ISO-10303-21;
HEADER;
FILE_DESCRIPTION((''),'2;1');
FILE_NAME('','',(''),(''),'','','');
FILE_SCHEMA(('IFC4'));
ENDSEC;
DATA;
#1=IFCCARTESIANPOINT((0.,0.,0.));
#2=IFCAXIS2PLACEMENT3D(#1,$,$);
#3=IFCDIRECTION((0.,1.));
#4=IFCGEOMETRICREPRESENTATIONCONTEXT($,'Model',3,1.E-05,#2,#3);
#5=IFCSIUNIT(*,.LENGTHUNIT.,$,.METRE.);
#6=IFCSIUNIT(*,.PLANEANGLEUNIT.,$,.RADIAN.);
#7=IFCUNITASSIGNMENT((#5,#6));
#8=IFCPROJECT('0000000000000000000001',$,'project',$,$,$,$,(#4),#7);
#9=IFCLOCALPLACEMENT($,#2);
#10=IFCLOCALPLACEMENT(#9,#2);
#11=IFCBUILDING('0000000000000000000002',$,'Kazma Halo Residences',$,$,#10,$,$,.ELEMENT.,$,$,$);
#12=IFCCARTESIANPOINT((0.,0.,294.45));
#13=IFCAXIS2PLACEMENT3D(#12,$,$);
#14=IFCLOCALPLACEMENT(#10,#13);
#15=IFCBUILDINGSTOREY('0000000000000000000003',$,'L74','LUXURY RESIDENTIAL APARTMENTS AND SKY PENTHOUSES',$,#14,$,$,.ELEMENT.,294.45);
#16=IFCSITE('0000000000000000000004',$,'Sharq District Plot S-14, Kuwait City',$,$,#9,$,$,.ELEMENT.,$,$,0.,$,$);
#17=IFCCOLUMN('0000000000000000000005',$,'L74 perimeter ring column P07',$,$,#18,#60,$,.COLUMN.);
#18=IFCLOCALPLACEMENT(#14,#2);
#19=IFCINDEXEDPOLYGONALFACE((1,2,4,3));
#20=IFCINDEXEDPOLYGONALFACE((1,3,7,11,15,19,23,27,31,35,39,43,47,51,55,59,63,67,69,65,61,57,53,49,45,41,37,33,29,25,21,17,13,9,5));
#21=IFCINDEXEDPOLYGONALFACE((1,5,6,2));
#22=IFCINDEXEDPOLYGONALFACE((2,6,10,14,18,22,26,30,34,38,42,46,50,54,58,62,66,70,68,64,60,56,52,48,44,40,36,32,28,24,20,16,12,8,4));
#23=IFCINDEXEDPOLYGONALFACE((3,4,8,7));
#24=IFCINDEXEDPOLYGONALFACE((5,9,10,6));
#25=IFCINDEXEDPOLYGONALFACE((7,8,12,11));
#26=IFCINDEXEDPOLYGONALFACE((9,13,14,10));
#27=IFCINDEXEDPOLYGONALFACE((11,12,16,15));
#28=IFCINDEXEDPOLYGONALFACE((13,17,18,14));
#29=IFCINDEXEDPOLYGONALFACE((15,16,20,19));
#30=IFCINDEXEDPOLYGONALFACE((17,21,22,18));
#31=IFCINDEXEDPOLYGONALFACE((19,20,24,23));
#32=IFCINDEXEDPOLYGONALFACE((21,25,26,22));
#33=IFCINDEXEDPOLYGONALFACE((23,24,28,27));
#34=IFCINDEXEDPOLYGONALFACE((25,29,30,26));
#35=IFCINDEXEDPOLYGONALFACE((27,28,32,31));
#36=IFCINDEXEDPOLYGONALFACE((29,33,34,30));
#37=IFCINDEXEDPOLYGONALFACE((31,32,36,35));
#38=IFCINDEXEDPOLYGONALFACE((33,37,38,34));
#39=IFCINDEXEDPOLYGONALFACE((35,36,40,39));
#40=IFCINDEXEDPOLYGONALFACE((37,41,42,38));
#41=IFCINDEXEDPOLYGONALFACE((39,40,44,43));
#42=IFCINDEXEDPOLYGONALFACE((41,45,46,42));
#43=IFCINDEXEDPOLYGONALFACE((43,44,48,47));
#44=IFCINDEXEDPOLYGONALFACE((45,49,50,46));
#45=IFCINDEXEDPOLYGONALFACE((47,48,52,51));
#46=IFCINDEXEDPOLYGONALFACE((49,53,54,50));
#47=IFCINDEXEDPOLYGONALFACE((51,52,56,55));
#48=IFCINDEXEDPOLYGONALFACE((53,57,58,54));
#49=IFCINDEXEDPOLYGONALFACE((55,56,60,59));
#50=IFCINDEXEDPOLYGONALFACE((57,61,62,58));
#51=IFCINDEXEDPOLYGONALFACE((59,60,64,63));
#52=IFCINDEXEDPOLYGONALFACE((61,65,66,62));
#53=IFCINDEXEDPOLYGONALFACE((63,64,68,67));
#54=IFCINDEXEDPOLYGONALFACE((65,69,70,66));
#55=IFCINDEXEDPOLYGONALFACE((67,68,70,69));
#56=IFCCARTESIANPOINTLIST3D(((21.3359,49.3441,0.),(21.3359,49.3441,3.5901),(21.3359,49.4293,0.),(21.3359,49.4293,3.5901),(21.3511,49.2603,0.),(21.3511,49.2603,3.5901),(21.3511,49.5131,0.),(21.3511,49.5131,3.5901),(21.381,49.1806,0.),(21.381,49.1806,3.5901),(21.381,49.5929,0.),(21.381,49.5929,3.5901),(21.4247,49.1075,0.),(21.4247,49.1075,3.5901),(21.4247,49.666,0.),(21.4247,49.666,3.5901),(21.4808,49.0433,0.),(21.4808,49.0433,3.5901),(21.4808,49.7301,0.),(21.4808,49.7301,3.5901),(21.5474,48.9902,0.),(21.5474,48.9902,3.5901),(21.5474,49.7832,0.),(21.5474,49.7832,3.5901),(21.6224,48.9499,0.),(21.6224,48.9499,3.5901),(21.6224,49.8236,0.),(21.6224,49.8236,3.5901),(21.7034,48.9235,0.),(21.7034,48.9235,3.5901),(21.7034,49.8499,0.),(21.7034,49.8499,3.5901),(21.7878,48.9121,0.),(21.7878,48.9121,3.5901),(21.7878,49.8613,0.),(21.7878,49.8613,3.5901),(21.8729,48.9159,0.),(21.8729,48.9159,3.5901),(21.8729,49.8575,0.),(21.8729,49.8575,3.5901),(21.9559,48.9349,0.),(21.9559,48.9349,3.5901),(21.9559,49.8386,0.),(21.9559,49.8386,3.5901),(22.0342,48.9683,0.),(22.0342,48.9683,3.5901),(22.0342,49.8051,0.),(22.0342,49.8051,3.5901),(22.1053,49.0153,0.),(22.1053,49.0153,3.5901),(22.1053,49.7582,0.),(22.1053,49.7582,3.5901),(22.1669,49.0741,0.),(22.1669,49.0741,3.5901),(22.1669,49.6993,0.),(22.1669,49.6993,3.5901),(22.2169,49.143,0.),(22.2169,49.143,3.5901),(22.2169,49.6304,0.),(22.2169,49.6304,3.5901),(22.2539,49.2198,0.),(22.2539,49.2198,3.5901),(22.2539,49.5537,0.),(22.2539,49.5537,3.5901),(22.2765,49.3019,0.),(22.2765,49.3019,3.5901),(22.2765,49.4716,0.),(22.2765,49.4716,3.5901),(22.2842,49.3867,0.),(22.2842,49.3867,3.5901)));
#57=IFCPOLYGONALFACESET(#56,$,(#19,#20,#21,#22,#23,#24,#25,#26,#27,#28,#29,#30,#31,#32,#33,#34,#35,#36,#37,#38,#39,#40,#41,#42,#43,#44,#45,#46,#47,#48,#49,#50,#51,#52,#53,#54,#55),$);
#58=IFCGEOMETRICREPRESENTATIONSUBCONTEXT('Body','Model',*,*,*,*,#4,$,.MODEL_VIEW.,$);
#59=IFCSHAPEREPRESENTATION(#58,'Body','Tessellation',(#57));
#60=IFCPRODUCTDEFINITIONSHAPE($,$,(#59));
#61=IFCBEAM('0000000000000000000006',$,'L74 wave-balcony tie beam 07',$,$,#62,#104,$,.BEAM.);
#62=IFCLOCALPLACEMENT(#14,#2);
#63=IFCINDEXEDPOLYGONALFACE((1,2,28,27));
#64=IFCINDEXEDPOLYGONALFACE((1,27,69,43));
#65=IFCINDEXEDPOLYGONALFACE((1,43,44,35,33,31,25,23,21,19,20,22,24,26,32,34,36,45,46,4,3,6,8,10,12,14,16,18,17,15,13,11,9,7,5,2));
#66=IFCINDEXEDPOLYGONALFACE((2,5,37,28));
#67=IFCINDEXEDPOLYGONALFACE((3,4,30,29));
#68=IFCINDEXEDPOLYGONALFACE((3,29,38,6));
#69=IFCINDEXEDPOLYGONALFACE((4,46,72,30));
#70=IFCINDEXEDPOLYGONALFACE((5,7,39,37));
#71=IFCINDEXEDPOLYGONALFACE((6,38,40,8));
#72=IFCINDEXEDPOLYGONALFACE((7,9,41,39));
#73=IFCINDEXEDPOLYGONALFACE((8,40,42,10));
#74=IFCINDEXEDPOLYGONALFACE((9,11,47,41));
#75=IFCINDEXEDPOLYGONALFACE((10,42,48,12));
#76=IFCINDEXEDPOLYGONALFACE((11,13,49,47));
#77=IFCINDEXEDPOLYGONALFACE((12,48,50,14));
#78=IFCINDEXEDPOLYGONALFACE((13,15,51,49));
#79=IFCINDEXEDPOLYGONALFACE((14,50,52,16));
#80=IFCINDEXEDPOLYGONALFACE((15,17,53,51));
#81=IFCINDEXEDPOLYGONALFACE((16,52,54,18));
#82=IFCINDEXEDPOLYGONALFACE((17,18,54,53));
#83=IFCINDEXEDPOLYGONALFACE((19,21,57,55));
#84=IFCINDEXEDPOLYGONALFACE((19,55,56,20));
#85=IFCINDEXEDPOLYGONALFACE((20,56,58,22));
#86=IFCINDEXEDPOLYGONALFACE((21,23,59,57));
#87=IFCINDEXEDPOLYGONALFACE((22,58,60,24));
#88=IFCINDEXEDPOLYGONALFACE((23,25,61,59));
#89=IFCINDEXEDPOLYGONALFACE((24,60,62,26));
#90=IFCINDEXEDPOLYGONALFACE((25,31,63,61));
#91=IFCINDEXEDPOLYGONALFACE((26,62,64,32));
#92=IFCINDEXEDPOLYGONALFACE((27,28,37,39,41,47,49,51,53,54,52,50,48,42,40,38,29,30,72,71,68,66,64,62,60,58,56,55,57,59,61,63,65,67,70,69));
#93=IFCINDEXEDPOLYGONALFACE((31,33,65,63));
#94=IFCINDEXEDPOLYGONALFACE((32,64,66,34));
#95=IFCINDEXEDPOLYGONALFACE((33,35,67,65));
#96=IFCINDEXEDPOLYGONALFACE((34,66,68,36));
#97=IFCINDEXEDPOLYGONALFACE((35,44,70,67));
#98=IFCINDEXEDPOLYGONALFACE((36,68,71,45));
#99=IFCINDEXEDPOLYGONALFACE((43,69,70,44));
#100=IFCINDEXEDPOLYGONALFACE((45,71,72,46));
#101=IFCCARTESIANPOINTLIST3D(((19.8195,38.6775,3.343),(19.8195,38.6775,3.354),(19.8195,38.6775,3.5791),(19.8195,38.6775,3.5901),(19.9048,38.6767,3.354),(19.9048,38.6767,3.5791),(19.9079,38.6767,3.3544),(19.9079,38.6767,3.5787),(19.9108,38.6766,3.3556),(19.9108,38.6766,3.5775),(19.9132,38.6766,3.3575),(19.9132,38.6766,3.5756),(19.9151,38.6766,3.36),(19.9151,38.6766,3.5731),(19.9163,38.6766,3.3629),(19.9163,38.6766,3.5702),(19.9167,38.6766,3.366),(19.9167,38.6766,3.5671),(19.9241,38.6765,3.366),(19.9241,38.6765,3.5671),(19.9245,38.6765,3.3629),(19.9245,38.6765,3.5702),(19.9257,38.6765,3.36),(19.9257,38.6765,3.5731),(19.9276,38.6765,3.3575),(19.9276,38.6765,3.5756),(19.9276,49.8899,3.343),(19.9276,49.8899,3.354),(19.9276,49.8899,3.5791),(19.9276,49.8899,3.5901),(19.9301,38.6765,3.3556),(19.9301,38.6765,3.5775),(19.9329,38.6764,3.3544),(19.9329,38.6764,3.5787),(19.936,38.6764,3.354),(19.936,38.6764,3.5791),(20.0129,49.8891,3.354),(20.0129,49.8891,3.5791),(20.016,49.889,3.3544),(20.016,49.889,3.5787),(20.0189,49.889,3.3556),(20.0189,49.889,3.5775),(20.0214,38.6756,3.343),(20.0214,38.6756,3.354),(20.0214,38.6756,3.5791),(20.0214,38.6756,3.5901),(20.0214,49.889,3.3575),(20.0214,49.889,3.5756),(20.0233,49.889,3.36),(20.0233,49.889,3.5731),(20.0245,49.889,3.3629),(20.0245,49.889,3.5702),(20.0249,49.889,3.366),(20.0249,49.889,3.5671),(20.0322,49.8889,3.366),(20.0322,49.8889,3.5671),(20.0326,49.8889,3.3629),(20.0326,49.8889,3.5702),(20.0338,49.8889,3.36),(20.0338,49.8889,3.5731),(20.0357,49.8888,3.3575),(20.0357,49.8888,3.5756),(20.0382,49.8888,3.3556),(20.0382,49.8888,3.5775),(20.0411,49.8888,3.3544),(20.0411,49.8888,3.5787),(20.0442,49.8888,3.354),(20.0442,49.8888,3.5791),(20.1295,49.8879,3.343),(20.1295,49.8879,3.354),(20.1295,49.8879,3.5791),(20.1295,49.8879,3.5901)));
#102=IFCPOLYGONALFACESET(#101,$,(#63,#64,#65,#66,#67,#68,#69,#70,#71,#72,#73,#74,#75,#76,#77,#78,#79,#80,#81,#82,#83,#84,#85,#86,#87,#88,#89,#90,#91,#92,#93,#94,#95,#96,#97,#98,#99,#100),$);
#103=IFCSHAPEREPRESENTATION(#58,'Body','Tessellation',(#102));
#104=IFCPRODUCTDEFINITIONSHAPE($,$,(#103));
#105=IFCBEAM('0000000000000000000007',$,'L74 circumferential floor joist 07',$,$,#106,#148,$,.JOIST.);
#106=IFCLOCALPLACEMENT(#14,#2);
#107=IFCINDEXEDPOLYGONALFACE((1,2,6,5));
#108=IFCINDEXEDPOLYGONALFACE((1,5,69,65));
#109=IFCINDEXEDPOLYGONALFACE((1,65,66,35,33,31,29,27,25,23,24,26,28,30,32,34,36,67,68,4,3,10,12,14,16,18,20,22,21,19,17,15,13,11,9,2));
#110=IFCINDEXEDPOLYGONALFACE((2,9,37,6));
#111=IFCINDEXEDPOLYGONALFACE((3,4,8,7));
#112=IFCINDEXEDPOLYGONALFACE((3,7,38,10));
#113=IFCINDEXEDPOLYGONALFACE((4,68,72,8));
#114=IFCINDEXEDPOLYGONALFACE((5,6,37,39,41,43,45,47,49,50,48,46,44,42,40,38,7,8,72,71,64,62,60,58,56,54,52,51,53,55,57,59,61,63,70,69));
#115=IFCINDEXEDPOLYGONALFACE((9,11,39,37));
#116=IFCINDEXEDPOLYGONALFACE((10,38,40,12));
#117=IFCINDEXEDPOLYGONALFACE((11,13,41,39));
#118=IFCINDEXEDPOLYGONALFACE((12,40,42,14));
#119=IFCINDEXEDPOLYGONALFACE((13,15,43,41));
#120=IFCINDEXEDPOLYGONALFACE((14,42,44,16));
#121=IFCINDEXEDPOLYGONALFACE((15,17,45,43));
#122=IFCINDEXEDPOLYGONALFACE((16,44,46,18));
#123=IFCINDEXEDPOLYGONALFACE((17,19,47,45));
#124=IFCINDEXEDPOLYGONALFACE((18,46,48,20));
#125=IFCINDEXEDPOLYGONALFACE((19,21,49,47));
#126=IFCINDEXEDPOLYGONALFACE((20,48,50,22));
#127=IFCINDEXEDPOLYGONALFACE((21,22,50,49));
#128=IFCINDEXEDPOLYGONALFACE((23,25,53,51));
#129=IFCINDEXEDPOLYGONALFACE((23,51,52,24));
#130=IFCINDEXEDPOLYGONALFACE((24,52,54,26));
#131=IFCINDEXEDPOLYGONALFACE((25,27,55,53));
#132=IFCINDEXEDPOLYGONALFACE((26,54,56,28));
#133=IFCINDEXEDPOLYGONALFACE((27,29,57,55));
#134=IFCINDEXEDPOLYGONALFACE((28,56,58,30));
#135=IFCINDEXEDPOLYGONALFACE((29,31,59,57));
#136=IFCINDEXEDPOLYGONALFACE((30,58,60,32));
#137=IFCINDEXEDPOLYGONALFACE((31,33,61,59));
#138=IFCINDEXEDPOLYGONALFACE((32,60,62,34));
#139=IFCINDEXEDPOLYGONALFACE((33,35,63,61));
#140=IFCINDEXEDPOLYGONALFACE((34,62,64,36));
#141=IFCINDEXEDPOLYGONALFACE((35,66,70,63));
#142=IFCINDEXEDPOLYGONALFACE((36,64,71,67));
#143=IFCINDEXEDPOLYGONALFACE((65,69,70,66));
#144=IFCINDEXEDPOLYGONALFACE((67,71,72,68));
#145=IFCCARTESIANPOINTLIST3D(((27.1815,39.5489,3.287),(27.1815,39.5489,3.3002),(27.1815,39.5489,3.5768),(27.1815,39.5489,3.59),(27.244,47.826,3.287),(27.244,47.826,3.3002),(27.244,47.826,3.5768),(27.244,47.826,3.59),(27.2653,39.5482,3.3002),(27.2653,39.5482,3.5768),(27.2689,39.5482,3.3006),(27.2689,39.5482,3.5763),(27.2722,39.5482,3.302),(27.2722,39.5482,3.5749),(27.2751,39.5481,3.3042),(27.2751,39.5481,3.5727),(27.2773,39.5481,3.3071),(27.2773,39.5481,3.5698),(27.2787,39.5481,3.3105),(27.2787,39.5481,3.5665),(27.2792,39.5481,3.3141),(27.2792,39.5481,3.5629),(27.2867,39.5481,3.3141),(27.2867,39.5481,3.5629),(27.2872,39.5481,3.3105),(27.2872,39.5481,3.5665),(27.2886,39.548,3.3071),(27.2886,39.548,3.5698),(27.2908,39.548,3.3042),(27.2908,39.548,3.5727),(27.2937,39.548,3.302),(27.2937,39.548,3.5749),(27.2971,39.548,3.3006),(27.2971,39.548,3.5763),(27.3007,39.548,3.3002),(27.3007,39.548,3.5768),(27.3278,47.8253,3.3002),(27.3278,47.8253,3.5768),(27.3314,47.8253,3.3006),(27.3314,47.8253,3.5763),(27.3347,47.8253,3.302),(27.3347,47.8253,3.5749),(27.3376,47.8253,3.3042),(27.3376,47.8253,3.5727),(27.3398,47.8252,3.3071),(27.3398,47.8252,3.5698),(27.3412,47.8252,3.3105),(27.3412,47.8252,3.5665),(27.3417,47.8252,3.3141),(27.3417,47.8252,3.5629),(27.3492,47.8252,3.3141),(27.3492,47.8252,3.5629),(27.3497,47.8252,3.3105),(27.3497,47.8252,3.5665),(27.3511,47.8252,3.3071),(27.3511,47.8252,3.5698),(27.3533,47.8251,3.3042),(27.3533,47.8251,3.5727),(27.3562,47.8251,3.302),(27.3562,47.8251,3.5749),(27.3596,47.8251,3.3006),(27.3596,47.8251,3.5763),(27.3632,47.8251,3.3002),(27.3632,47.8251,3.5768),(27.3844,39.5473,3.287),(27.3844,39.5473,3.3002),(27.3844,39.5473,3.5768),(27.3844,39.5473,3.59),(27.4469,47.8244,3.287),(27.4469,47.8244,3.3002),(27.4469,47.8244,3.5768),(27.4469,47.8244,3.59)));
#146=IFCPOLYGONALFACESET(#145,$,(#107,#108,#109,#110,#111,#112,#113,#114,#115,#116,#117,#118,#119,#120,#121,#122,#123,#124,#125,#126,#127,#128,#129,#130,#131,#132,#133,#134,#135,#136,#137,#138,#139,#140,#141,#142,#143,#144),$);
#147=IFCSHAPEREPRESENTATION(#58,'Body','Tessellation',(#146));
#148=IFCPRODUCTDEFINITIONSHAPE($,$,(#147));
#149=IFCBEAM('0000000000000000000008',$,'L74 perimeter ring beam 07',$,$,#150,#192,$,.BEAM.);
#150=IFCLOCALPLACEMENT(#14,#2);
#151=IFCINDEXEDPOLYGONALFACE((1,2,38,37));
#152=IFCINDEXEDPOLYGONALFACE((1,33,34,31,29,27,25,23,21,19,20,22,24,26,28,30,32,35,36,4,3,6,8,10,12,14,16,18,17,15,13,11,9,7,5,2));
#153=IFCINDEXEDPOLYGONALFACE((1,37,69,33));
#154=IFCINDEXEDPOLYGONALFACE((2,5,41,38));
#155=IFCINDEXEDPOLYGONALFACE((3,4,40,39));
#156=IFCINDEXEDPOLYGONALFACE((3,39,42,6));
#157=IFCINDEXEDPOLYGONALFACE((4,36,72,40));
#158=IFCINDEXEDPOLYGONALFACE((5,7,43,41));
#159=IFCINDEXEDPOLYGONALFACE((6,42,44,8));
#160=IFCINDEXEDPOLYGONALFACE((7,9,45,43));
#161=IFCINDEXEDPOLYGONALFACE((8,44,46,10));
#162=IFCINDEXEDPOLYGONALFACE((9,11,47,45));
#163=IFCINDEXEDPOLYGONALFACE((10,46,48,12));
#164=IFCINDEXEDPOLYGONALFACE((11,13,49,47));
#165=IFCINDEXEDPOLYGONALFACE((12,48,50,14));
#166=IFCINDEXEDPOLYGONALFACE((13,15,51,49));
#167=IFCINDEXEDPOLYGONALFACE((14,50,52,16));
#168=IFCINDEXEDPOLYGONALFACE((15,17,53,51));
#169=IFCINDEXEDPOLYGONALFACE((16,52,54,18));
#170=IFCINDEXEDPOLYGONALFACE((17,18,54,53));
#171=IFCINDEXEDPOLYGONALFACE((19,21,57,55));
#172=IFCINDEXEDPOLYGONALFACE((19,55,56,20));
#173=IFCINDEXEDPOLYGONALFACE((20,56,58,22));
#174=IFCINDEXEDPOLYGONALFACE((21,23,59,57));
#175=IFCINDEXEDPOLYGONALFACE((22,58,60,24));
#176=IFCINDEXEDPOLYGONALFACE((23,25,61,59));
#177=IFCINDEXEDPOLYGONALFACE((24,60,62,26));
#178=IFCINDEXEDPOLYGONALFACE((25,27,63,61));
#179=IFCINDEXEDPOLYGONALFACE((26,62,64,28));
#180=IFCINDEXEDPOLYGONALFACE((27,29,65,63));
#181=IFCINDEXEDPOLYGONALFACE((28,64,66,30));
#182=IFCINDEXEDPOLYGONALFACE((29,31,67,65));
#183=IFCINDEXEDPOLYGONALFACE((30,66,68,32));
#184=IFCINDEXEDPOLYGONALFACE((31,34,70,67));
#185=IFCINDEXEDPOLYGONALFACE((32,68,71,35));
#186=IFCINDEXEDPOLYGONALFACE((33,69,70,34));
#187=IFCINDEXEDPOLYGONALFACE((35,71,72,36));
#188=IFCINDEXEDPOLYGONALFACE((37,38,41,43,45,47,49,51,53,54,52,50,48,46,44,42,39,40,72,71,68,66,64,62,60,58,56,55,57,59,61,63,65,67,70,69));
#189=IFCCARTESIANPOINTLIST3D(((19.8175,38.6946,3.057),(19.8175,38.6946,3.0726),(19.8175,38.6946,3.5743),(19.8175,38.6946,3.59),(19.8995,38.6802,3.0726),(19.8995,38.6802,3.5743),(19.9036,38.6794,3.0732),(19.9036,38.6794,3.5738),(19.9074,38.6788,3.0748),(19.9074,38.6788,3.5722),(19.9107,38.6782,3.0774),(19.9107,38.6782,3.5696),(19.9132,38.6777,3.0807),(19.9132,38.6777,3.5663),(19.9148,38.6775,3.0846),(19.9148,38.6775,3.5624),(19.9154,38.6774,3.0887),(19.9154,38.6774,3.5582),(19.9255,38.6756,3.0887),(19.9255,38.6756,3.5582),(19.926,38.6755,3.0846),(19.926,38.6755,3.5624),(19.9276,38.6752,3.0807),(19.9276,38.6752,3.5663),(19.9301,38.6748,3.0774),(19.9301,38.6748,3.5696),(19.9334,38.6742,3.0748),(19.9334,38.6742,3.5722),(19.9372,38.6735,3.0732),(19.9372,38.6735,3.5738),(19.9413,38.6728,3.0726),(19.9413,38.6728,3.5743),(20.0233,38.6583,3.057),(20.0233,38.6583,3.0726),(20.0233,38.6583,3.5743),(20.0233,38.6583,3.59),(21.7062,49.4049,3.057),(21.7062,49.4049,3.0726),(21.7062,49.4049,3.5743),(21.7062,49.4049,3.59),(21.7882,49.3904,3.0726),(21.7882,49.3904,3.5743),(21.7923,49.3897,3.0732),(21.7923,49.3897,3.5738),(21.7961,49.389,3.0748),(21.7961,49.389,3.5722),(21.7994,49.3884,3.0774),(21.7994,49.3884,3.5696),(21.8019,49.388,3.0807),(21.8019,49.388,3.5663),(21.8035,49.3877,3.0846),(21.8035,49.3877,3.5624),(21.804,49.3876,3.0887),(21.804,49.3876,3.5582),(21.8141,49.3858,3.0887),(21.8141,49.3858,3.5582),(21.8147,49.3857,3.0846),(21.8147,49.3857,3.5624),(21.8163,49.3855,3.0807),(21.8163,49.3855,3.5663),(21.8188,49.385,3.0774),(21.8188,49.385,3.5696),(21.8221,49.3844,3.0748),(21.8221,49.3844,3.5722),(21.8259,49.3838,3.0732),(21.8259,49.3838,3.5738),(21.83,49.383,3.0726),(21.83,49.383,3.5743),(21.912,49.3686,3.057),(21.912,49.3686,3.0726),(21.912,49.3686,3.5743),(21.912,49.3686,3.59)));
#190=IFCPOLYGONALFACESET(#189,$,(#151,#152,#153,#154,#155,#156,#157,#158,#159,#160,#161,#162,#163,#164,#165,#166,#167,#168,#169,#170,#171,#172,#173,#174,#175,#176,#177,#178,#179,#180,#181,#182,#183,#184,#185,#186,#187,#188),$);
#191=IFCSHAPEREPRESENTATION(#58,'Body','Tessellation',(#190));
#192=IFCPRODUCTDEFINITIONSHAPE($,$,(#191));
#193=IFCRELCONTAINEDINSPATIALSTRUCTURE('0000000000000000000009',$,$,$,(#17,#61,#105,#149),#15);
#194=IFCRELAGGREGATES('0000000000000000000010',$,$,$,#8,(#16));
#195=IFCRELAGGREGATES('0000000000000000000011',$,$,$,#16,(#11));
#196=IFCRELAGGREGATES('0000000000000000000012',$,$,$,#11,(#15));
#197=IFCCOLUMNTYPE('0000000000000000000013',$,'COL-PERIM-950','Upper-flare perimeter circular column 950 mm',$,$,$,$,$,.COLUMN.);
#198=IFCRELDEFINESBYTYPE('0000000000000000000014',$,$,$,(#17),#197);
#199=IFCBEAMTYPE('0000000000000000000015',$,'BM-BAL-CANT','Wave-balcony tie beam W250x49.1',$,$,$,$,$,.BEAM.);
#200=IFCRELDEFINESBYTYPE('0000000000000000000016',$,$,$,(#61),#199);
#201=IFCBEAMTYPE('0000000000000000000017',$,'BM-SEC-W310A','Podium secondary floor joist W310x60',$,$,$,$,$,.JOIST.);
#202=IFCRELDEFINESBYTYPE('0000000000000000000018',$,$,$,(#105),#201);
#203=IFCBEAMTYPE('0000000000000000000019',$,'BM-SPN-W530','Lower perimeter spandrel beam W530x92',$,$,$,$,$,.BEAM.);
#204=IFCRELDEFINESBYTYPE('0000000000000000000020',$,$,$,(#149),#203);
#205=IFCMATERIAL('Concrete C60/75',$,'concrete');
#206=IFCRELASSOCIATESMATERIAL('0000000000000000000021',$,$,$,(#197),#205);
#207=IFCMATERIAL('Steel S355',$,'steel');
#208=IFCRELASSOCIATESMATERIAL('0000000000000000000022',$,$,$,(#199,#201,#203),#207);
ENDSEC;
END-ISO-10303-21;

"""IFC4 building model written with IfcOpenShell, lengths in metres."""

from ifc_helpers import new_model, si_unit, direction, frame, origin, origin_2d, place, context, subcontext, project, spatial, circle, i_section, extrude, material, material_profile, profile_set, type_object, element, save


model = new_model("IFC4")

# Units and contexts
model_context = context("Model", 3, precision=1e-05, world=origin(), true_north=direction((0.0, 1.0)))
body_context = subcontext(model_context, "Body", "Model", "MODEL_VIEW")
ifc_project = project(units=[si_unit("LENGTHUNIT", "METRE"), si_unit("PLANEANGLEUNIT", "RADIAN")], contexts=[model_context])

# Site, building, storey
site_placement = place(None, origin())
site = spatial("IfcSite", under=ifc_project, at=site_placement, Name="Sharq District Plot S-14, Kuwait City", CompositionType="ELEMENT", RefElevation=0.0)
building_placement = place(site_placement, origin())
building = spatial("IfcBuilding", under=site, at=building_placement, Name="Kazma Halo Residences", CompositionType="ELEMENT")
storey_placement = place(building_placement, frame((0.0, 0.0, 294.45)))
storey = spatial("IfcBuildingStorey", under=building, at=storey_placement, Name="L74", Description="LUXURY RESIDENTIAL APARTMENTS AND SKY PENTHOUSES", CompositionType="ELEMENT", Elevation=294.45)

# Column
ifc_material_1 = material(Name="Concrete C60/75", Category="concrete")
ifc_material_profile_1 = material_profile(ifc_material_1, circle(Radius=0.4751, at=origin_2d()), Name="CIRC950")
ifc_profile_set_1 = profile_set([ifc_material_profile_1], Name="Concrete C60/75")
column_type = type_object("IfcColumnType", Name="COL-PERIM-950", Description="Upper-flare perimeter circular column 950 mm", PredefinedType="COLUMN", material=ifc_profile_set_1)
column_placement = place(storey_placement, frame((21.8091, 49.3867, 0.0), z_axis=(0.0, 0.0, 1.0), x_axis=(1.0, 0.0, 0.0)))
element("IfcColumn", 1, at=column_placement, inside=storey, type_object=column_type, Name="L74 perimeter ring column P07", PredefinedType="COLUMN", context=body_context, shape_type="SweptSolid", body=[
    extrude(circle(Radius=0.4751, at=origin_2d()), origin(), (0.0, 0.0, 1.0), 3.5901),
])

# Beams
ifc_material_2 = material(Name="Steel S355", Category="steel")
ifc_material_profile_2 = material_profile(ifc_material_2, i_section(OverallWidth=0.2019, OverallDepth=0.2471, WebThickness=0.0073, FlangeThickness=0.011, FilletRadius=0.012, at=origin_2d()), Name="W250x49.1")
ifc_profile_set_2 = profile_set([ifc_material_profile_2], Name="Steel S355")
beam_type_1 = type_object("IfcBeamType", Name="BM-BAL-CANT", Description="Wave-balcony tie beam W250x49.1", PredefinedType="BEAM", material=ifc_profile_set_2)
beam_1_placement = place(storey_placement, frame((20.0286, 49.8889, 3.4666), z_axis=(-0.009646, -0.999953, 0.0), x_axis=(0.999953, -0.009646, 0.0)))
element("IfcBeam", 2, at=beam_1_placement, inside=storey, type_object=beam_type_1, Name="L74 wave-balcony tie beam 07", PredefinedType="BEAM", context=body_context, shape_type="SweptSolid", body=[
    extrude(i_section(OverallWidth=0.2019, OverallDepth=0.2471, WebThickness=0.0073, FlangeThickness=0.011, FilletRadius=0.012, at=origin_2d()), origin(), (0.0, 0.0, 1.0), 11.2129),
])
ifc_material_profile_3 = material_profile(ifc_material_2, i_section(OverallWidth=0.2029, OverallDepth=0.303, WebThickness=0.0076, FlangeThickness=0.0132, FilletRadius=0.0139, at=origin_2d()), Name="W310x60")
ifc_profile_set_3 = profile_set([ifc_material_profile_3], Name="Steel S355")
beam_type_2 = type_object("IfcBeamType", Name="BM-SEC-W310A", Description="Podium secondary floor joist W310x60", PredefinedType="JOIST", material=ifc_profile_set_3)
beam_2_placement = place(storey_placement, frame((27.3455, 47.8252, 3.4385), z_axis=(-0.007551, -0.999971, 0.0), x_axis=(0.999971, -0.007551, 0.0)))
element("IfcBeam", 3, at=beam_2_placement, inside=storey, type_object=beam_type_2, Name="L74 circumferential floor joist 07", PredefinedType="JOIST", context=body_context, shape_type="SweptSolid", body=[
    extrude(i_section(OverallWidth=0.2029, OverallDepth=0.303, WebThickness=0.0076, FlangeThickness=0.0132, FilletRadius=0.0139, at=origin_2d()), origin(), (0.0, 0.0, 1.0), 8.2773),
])
ifc_material_profile_4 = material_profile(ifc_material_2, i_section(OverallWidth=0.209, OverallDepth=0.533, WebThickness=0.0103, FlangeThickness=0.0156, FilletRadius=0.0161, at=origin_2d()), Name="W530x92")
ifc_profile_set_4 = profile_set([ifc_material_profile_4], Name="Steel S355")
beam_type_3 = type_object("IfcBeamType", Name="BM-SPN-W530", Description="Lower perimeter spandrel beam W530x92", PredefinedType="BEAM", material=ifc_profile_set_4)
beam_3_placement = place(storey_placement, frame((21.8091, 49.3867, 3.3235), z_axis=(-0.173664, -0.984805, 0.0), x_axis=(0.984805, -0.173664, 0.0)))
element("IfcBeam", 4, at=beam_3_placement, inside=storey, type_object=beam_type_3, Name="L74 perimeter ring beam 07", PredefinedType="BEAM", context=body_context, shape_type="SweptSolid", body=[
    extrude(i_section(OverallWidth=0.209, OverallDepth=0.533, WebThickness=0.0103, FlangeThickness=0.0156, FilletRadius=0.0161, at=origin_2d()), origin(), (0.0, 0.0, 1.0), 10.8755),
])

save(model, "model.ifc")
